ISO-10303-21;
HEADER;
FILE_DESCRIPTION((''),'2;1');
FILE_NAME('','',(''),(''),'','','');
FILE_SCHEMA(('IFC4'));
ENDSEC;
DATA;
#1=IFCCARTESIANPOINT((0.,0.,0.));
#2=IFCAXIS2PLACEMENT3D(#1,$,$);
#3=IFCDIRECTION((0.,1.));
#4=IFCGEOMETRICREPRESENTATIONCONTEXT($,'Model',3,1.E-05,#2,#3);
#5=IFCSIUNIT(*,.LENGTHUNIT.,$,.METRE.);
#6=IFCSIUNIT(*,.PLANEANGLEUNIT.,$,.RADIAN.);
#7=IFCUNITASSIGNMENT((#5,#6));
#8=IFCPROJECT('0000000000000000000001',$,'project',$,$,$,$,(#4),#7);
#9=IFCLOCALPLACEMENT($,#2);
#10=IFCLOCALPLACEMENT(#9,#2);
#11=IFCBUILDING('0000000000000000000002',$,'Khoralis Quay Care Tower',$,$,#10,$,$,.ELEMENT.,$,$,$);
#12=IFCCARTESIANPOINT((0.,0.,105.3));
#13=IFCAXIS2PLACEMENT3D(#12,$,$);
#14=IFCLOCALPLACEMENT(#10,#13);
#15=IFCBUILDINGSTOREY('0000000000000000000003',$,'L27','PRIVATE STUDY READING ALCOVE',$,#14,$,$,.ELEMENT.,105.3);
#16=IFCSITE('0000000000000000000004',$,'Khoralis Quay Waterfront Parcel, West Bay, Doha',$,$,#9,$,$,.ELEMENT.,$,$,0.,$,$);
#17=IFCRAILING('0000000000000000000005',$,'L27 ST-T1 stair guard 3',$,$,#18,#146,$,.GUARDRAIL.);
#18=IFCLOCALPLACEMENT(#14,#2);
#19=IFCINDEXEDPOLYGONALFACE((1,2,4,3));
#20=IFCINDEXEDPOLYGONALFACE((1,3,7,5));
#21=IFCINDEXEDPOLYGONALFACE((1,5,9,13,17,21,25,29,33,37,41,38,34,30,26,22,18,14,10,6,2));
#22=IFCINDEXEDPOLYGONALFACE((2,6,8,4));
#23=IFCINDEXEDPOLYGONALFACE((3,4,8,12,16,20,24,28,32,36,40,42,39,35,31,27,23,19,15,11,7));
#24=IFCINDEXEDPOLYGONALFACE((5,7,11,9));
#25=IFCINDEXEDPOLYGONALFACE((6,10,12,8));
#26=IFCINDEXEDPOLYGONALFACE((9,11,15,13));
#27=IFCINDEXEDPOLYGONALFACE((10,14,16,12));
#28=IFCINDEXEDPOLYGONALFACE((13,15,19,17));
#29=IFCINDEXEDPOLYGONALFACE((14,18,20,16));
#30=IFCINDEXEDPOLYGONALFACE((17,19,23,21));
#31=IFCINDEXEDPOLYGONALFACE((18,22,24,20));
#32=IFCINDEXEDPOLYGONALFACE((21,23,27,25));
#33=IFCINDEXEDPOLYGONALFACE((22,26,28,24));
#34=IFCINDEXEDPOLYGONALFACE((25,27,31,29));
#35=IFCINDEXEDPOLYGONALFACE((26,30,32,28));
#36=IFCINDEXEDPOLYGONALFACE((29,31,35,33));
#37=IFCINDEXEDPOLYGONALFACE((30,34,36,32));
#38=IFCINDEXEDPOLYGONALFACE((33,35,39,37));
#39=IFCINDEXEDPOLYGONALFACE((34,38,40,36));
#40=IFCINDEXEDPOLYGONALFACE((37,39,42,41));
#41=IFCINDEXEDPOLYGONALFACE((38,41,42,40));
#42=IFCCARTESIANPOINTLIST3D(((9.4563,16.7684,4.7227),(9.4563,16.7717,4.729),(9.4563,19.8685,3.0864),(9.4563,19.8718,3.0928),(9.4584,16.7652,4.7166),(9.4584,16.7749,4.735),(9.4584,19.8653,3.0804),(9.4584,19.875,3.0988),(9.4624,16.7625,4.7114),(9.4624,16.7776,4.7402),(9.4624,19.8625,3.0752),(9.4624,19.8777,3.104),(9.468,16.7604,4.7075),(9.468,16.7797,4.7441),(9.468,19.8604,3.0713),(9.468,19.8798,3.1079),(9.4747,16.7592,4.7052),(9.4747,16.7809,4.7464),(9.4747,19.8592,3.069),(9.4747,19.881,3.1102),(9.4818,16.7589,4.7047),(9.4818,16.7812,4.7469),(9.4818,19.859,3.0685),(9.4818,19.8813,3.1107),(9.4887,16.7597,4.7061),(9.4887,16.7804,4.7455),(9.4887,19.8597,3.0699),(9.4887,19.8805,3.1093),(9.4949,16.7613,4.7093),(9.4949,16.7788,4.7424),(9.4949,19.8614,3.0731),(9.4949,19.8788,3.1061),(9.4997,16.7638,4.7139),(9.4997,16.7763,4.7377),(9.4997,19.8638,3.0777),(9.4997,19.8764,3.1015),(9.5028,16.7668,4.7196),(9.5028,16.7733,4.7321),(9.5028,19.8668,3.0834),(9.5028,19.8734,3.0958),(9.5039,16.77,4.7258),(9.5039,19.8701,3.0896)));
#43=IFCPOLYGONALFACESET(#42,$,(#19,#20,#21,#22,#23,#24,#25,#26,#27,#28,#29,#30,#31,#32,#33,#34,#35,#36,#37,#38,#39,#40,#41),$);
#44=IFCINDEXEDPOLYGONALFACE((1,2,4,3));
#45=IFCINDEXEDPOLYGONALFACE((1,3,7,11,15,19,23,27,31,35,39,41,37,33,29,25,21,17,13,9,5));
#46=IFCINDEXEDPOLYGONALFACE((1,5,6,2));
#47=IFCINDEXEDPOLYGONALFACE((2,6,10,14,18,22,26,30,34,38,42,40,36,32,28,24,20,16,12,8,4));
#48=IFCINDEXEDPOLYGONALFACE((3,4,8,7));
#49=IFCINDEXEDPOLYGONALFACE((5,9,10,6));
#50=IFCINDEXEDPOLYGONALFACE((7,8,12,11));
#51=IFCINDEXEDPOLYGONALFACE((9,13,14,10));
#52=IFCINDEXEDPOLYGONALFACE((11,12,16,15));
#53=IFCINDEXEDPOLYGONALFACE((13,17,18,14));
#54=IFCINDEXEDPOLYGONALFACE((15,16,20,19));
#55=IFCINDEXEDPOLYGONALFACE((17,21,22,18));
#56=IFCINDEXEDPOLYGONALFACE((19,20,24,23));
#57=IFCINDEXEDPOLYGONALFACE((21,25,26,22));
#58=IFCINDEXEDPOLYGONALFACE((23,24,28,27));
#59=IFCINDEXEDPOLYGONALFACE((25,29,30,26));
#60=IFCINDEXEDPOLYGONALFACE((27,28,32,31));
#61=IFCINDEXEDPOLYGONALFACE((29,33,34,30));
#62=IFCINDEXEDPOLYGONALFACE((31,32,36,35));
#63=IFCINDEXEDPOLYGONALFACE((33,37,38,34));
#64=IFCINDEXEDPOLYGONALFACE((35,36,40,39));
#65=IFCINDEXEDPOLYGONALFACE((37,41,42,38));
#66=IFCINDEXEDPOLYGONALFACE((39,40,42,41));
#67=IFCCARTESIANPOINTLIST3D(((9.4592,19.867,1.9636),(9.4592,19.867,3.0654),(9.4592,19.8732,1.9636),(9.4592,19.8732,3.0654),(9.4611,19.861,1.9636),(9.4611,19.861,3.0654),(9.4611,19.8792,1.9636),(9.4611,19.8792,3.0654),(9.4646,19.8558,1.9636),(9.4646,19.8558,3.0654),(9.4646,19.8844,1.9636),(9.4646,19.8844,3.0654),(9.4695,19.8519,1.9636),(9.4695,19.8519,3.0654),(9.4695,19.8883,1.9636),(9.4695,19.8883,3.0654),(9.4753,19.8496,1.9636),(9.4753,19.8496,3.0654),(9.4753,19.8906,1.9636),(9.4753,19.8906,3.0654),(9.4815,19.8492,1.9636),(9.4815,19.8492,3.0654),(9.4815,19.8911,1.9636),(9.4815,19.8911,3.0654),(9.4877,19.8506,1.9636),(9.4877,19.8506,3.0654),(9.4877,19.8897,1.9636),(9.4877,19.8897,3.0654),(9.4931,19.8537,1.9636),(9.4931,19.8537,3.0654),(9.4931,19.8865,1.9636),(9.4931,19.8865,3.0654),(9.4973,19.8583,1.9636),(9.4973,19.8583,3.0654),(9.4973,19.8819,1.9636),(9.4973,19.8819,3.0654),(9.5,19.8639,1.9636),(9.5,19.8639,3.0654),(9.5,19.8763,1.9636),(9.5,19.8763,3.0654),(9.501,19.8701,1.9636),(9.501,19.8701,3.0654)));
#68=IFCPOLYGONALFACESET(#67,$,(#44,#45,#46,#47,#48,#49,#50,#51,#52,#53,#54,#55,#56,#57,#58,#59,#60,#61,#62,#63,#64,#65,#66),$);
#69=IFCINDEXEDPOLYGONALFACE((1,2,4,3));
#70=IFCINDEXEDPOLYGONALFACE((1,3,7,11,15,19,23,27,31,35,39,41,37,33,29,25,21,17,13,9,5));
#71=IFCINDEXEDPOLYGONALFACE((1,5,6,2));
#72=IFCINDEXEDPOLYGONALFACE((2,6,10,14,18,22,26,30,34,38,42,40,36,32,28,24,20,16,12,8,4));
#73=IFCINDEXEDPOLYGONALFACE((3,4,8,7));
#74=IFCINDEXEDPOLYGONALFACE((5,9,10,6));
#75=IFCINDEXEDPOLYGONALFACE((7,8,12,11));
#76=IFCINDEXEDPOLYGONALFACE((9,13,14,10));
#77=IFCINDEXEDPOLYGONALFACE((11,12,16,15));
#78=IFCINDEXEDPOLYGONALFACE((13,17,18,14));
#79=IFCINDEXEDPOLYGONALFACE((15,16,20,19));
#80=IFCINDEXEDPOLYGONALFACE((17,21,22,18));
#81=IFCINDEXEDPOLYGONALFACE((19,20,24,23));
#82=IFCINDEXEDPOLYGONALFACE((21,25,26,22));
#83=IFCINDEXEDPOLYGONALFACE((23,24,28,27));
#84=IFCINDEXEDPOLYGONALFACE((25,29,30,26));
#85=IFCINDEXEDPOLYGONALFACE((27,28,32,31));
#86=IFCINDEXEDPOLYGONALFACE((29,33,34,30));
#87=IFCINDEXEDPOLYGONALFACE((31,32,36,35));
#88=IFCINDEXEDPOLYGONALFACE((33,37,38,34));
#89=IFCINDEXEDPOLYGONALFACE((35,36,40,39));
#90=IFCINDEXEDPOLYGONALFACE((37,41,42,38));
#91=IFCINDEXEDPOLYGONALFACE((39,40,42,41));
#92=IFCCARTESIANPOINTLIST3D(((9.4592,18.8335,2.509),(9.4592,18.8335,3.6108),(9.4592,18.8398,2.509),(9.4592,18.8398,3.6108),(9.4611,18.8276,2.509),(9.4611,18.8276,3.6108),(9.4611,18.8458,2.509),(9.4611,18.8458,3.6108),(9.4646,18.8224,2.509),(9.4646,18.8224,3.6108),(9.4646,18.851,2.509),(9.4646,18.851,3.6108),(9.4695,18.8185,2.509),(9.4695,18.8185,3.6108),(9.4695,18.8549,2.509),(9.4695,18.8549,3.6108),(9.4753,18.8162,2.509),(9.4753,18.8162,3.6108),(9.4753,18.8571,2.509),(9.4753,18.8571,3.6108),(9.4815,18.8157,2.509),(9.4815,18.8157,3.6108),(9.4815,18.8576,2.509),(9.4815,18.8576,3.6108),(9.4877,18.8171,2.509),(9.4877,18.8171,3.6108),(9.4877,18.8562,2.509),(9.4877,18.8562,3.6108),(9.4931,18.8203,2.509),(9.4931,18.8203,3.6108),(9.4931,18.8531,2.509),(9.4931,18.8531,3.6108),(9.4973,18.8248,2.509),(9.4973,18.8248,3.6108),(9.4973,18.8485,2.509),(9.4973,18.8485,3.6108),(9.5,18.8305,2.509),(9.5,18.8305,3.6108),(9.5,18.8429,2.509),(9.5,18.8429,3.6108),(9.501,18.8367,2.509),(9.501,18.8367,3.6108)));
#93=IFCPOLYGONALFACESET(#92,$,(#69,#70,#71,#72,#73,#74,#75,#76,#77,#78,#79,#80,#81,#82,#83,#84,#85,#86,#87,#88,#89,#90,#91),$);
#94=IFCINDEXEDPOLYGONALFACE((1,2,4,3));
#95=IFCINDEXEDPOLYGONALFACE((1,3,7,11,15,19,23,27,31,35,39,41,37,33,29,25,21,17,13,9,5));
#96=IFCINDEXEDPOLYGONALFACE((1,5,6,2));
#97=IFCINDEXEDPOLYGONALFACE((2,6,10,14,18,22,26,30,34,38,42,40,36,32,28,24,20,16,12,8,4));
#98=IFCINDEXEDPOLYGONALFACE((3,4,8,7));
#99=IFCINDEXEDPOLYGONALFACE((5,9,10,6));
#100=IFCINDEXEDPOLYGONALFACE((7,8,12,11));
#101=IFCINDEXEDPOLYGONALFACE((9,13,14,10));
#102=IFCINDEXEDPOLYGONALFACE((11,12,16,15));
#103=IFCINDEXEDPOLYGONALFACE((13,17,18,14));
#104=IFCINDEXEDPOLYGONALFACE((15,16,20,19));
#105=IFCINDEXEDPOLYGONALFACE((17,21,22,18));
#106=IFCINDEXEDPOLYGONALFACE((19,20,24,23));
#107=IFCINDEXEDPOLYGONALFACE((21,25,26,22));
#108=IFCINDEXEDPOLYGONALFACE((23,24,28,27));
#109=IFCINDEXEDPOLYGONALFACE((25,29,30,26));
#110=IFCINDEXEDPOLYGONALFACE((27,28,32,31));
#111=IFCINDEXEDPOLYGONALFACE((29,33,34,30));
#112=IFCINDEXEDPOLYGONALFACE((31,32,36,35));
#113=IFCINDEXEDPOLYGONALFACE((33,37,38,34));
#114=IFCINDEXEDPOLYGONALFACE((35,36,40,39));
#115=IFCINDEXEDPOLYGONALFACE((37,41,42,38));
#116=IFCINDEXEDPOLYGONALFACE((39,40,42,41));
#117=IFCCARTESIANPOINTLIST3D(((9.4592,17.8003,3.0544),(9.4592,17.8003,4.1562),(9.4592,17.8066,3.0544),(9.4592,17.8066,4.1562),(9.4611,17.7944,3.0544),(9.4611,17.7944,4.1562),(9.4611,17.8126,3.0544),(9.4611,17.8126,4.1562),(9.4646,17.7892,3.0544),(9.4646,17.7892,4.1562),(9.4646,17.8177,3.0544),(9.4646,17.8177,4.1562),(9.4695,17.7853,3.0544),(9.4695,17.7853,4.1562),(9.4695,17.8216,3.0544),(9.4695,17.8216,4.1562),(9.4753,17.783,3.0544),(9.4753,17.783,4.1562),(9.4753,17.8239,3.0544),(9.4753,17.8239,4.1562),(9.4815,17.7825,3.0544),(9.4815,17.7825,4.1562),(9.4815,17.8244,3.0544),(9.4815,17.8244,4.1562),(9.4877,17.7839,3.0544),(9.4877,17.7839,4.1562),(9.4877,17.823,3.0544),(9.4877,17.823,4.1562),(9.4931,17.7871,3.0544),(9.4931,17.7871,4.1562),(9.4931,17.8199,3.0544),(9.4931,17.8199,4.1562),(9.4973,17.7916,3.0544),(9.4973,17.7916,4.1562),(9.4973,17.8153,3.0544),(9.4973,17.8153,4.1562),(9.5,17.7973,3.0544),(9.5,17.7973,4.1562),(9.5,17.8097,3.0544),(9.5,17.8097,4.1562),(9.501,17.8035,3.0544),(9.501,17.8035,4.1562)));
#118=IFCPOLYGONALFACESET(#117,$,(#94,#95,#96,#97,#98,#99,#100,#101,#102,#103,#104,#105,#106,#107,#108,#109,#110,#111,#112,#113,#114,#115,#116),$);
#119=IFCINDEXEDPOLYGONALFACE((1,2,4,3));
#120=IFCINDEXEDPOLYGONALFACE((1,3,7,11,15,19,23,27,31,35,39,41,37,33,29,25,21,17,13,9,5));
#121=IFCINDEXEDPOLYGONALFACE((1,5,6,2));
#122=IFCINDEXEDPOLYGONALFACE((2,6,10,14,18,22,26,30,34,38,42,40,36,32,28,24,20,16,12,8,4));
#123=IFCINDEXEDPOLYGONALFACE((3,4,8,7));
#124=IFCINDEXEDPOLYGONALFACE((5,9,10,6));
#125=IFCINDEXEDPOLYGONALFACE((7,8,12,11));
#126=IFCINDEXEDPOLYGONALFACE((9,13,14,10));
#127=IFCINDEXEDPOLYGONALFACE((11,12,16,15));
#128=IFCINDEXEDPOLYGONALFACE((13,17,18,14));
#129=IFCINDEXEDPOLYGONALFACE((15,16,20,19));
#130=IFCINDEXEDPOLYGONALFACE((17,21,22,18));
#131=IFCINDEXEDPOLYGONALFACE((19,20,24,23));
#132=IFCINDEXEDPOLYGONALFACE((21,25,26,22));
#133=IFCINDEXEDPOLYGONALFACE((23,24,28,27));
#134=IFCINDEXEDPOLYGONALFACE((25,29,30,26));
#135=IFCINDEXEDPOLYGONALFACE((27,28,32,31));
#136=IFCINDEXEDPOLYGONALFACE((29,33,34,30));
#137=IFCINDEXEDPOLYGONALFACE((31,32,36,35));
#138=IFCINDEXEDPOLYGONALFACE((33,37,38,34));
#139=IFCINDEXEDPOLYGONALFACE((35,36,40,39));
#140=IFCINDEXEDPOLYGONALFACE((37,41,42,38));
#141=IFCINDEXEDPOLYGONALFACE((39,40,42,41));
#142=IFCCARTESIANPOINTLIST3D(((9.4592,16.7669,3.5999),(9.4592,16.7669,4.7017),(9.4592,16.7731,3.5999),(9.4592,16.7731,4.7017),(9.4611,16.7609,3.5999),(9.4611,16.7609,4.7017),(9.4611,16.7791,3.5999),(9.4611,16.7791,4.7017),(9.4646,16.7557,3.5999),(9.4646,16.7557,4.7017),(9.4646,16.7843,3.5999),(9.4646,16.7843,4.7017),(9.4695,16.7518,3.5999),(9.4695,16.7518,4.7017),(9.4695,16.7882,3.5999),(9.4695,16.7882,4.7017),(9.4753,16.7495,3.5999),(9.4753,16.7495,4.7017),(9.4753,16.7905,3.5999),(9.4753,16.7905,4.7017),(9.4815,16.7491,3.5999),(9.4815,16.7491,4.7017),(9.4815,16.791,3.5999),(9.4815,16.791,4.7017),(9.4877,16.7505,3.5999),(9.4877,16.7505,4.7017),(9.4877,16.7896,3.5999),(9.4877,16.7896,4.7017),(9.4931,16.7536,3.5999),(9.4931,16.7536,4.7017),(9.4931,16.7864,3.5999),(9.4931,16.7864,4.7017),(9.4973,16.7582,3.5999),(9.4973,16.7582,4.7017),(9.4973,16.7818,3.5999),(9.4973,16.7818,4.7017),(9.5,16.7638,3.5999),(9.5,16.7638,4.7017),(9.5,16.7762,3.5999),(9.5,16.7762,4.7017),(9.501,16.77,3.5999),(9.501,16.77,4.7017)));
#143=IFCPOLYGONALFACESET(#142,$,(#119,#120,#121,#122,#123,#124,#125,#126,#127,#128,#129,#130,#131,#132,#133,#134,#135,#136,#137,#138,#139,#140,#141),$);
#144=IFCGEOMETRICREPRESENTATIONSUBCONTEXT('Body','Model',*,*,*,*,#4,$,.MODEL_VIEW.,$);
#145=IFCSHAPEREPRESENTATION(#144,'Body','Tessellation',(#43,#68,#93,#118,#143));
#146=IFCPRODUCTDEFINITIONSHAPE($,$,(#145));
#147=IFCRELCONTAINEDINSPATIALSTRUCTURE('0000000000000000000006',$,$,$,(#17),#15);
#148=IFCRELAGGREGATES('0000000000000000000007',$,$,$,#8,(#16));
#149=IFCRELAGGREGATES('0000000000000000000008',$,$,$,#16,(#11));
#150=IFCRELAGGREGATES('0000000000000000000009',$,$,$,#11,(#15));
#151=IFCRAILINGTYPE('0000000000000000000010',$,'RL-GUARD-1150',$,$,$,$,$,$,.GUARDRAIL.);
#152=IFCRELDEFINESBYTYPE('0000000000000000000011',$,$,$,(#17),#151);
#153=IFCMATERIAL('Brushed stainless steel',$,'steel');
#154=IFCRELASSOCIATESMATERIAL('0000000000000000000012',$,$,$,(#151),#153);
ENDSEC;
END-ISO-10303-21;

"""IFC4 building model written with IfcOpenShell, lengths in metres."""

from ifc_helpers import new_model, si_unit, direction, frame, origin, origin_2d, place, context, subcontext, project, spatial, circle, extrude, material, type_object, element, save


model = new_model("IFC4")

# Units and contexts
model_context = context("Model", 3, precision=1e-05, world=origin(), true_north=direction((0.0, 1.0)))
body_context = subcontext(model_context, "Body", "Model", "MODEL_VIEW")
ifc_project = project(units=[si_unit("LENGTHUNIT", "METRE"), si_unit("PLANEANGLEUNIT", "RADIAN")], contexts=[model_context])

# Site, building, storey
site_placement = place(None, origin())
site = spatial("IfcSite", under=ifc_project, at=site_placement, Name="Khoralis Quay Waterfront Parcel, West Bay, Doha", CompositionType="ELEMENT", RefElevation=0.0)
building_placement = place(site_placement, origin())
building = spatial("IfcBuilding", under=site, at=building_placement, Name="Khoralis Quay Care Tower", CompositionType="ELEMENT")
storey_placement = place(building_placement, frame((0.0, 0.0, 105.3)))
storey = spatial("IfcBuildingStorey", under=building, at=storey_placement, Name="L27", Description="PRIVATE STUDY READING ALCOVE", CompositionType="ELEMENT", Elevation=105.3)

# Shared definitions
ifc_material_1 = material(Name="Brushed stainless steel", Category="steel")

# Railing
railing_type_1 = type_object("IfcRailingType", Name="RL-GUARD-1150", PredefinedType="GUARDRAIL", material=ifc_material_1)
railing_1_placement = place(storey_placement, frame((9.48, 19.8701, 1.9636)))
element("IfcRailing", 1, at=railing_1_placement, inside=storey, type_object=railing_type_1, Name="L27 ST-T1 stair guard 3", PredefinedType="GUARDRAIL", context=body_context, shape_type="SweptSolid", body=[
    extrude(circle(Radius=0.0239, at=origin_2d()), frame((0.0, 0.0, 1.126), z_axis=(0.0, -0.884377, 0.466774), x_axis=(1.0, 0.0, 0.0)), (0.0, 0.0, 1.0), 3.5054),
    extrude(circle(Radius=0.021, at=origin_2d()), origin(), (0.0, 0.0, 1.0), 1.1018),
    extrude(circle(Radius=0.021, at=origin_2d()), frame((0.0, -1.0334, 0.5454)), (0.0, 0.0, 1.0), 1.1018),
    extrude(circle(Radius=0.021, at=origin_2d()), frame((0.0, -2.0667, 1.0908)), (0.0, 0.0, 1.0), 1.1018),
    extrude(circle(Radius=0.021, at=origin_2d()), frame((0.0, -3.1001, 1.6362)), (0.0, 0.0, 1.0), 1.1018),
])

save(model, "model.ifc")
